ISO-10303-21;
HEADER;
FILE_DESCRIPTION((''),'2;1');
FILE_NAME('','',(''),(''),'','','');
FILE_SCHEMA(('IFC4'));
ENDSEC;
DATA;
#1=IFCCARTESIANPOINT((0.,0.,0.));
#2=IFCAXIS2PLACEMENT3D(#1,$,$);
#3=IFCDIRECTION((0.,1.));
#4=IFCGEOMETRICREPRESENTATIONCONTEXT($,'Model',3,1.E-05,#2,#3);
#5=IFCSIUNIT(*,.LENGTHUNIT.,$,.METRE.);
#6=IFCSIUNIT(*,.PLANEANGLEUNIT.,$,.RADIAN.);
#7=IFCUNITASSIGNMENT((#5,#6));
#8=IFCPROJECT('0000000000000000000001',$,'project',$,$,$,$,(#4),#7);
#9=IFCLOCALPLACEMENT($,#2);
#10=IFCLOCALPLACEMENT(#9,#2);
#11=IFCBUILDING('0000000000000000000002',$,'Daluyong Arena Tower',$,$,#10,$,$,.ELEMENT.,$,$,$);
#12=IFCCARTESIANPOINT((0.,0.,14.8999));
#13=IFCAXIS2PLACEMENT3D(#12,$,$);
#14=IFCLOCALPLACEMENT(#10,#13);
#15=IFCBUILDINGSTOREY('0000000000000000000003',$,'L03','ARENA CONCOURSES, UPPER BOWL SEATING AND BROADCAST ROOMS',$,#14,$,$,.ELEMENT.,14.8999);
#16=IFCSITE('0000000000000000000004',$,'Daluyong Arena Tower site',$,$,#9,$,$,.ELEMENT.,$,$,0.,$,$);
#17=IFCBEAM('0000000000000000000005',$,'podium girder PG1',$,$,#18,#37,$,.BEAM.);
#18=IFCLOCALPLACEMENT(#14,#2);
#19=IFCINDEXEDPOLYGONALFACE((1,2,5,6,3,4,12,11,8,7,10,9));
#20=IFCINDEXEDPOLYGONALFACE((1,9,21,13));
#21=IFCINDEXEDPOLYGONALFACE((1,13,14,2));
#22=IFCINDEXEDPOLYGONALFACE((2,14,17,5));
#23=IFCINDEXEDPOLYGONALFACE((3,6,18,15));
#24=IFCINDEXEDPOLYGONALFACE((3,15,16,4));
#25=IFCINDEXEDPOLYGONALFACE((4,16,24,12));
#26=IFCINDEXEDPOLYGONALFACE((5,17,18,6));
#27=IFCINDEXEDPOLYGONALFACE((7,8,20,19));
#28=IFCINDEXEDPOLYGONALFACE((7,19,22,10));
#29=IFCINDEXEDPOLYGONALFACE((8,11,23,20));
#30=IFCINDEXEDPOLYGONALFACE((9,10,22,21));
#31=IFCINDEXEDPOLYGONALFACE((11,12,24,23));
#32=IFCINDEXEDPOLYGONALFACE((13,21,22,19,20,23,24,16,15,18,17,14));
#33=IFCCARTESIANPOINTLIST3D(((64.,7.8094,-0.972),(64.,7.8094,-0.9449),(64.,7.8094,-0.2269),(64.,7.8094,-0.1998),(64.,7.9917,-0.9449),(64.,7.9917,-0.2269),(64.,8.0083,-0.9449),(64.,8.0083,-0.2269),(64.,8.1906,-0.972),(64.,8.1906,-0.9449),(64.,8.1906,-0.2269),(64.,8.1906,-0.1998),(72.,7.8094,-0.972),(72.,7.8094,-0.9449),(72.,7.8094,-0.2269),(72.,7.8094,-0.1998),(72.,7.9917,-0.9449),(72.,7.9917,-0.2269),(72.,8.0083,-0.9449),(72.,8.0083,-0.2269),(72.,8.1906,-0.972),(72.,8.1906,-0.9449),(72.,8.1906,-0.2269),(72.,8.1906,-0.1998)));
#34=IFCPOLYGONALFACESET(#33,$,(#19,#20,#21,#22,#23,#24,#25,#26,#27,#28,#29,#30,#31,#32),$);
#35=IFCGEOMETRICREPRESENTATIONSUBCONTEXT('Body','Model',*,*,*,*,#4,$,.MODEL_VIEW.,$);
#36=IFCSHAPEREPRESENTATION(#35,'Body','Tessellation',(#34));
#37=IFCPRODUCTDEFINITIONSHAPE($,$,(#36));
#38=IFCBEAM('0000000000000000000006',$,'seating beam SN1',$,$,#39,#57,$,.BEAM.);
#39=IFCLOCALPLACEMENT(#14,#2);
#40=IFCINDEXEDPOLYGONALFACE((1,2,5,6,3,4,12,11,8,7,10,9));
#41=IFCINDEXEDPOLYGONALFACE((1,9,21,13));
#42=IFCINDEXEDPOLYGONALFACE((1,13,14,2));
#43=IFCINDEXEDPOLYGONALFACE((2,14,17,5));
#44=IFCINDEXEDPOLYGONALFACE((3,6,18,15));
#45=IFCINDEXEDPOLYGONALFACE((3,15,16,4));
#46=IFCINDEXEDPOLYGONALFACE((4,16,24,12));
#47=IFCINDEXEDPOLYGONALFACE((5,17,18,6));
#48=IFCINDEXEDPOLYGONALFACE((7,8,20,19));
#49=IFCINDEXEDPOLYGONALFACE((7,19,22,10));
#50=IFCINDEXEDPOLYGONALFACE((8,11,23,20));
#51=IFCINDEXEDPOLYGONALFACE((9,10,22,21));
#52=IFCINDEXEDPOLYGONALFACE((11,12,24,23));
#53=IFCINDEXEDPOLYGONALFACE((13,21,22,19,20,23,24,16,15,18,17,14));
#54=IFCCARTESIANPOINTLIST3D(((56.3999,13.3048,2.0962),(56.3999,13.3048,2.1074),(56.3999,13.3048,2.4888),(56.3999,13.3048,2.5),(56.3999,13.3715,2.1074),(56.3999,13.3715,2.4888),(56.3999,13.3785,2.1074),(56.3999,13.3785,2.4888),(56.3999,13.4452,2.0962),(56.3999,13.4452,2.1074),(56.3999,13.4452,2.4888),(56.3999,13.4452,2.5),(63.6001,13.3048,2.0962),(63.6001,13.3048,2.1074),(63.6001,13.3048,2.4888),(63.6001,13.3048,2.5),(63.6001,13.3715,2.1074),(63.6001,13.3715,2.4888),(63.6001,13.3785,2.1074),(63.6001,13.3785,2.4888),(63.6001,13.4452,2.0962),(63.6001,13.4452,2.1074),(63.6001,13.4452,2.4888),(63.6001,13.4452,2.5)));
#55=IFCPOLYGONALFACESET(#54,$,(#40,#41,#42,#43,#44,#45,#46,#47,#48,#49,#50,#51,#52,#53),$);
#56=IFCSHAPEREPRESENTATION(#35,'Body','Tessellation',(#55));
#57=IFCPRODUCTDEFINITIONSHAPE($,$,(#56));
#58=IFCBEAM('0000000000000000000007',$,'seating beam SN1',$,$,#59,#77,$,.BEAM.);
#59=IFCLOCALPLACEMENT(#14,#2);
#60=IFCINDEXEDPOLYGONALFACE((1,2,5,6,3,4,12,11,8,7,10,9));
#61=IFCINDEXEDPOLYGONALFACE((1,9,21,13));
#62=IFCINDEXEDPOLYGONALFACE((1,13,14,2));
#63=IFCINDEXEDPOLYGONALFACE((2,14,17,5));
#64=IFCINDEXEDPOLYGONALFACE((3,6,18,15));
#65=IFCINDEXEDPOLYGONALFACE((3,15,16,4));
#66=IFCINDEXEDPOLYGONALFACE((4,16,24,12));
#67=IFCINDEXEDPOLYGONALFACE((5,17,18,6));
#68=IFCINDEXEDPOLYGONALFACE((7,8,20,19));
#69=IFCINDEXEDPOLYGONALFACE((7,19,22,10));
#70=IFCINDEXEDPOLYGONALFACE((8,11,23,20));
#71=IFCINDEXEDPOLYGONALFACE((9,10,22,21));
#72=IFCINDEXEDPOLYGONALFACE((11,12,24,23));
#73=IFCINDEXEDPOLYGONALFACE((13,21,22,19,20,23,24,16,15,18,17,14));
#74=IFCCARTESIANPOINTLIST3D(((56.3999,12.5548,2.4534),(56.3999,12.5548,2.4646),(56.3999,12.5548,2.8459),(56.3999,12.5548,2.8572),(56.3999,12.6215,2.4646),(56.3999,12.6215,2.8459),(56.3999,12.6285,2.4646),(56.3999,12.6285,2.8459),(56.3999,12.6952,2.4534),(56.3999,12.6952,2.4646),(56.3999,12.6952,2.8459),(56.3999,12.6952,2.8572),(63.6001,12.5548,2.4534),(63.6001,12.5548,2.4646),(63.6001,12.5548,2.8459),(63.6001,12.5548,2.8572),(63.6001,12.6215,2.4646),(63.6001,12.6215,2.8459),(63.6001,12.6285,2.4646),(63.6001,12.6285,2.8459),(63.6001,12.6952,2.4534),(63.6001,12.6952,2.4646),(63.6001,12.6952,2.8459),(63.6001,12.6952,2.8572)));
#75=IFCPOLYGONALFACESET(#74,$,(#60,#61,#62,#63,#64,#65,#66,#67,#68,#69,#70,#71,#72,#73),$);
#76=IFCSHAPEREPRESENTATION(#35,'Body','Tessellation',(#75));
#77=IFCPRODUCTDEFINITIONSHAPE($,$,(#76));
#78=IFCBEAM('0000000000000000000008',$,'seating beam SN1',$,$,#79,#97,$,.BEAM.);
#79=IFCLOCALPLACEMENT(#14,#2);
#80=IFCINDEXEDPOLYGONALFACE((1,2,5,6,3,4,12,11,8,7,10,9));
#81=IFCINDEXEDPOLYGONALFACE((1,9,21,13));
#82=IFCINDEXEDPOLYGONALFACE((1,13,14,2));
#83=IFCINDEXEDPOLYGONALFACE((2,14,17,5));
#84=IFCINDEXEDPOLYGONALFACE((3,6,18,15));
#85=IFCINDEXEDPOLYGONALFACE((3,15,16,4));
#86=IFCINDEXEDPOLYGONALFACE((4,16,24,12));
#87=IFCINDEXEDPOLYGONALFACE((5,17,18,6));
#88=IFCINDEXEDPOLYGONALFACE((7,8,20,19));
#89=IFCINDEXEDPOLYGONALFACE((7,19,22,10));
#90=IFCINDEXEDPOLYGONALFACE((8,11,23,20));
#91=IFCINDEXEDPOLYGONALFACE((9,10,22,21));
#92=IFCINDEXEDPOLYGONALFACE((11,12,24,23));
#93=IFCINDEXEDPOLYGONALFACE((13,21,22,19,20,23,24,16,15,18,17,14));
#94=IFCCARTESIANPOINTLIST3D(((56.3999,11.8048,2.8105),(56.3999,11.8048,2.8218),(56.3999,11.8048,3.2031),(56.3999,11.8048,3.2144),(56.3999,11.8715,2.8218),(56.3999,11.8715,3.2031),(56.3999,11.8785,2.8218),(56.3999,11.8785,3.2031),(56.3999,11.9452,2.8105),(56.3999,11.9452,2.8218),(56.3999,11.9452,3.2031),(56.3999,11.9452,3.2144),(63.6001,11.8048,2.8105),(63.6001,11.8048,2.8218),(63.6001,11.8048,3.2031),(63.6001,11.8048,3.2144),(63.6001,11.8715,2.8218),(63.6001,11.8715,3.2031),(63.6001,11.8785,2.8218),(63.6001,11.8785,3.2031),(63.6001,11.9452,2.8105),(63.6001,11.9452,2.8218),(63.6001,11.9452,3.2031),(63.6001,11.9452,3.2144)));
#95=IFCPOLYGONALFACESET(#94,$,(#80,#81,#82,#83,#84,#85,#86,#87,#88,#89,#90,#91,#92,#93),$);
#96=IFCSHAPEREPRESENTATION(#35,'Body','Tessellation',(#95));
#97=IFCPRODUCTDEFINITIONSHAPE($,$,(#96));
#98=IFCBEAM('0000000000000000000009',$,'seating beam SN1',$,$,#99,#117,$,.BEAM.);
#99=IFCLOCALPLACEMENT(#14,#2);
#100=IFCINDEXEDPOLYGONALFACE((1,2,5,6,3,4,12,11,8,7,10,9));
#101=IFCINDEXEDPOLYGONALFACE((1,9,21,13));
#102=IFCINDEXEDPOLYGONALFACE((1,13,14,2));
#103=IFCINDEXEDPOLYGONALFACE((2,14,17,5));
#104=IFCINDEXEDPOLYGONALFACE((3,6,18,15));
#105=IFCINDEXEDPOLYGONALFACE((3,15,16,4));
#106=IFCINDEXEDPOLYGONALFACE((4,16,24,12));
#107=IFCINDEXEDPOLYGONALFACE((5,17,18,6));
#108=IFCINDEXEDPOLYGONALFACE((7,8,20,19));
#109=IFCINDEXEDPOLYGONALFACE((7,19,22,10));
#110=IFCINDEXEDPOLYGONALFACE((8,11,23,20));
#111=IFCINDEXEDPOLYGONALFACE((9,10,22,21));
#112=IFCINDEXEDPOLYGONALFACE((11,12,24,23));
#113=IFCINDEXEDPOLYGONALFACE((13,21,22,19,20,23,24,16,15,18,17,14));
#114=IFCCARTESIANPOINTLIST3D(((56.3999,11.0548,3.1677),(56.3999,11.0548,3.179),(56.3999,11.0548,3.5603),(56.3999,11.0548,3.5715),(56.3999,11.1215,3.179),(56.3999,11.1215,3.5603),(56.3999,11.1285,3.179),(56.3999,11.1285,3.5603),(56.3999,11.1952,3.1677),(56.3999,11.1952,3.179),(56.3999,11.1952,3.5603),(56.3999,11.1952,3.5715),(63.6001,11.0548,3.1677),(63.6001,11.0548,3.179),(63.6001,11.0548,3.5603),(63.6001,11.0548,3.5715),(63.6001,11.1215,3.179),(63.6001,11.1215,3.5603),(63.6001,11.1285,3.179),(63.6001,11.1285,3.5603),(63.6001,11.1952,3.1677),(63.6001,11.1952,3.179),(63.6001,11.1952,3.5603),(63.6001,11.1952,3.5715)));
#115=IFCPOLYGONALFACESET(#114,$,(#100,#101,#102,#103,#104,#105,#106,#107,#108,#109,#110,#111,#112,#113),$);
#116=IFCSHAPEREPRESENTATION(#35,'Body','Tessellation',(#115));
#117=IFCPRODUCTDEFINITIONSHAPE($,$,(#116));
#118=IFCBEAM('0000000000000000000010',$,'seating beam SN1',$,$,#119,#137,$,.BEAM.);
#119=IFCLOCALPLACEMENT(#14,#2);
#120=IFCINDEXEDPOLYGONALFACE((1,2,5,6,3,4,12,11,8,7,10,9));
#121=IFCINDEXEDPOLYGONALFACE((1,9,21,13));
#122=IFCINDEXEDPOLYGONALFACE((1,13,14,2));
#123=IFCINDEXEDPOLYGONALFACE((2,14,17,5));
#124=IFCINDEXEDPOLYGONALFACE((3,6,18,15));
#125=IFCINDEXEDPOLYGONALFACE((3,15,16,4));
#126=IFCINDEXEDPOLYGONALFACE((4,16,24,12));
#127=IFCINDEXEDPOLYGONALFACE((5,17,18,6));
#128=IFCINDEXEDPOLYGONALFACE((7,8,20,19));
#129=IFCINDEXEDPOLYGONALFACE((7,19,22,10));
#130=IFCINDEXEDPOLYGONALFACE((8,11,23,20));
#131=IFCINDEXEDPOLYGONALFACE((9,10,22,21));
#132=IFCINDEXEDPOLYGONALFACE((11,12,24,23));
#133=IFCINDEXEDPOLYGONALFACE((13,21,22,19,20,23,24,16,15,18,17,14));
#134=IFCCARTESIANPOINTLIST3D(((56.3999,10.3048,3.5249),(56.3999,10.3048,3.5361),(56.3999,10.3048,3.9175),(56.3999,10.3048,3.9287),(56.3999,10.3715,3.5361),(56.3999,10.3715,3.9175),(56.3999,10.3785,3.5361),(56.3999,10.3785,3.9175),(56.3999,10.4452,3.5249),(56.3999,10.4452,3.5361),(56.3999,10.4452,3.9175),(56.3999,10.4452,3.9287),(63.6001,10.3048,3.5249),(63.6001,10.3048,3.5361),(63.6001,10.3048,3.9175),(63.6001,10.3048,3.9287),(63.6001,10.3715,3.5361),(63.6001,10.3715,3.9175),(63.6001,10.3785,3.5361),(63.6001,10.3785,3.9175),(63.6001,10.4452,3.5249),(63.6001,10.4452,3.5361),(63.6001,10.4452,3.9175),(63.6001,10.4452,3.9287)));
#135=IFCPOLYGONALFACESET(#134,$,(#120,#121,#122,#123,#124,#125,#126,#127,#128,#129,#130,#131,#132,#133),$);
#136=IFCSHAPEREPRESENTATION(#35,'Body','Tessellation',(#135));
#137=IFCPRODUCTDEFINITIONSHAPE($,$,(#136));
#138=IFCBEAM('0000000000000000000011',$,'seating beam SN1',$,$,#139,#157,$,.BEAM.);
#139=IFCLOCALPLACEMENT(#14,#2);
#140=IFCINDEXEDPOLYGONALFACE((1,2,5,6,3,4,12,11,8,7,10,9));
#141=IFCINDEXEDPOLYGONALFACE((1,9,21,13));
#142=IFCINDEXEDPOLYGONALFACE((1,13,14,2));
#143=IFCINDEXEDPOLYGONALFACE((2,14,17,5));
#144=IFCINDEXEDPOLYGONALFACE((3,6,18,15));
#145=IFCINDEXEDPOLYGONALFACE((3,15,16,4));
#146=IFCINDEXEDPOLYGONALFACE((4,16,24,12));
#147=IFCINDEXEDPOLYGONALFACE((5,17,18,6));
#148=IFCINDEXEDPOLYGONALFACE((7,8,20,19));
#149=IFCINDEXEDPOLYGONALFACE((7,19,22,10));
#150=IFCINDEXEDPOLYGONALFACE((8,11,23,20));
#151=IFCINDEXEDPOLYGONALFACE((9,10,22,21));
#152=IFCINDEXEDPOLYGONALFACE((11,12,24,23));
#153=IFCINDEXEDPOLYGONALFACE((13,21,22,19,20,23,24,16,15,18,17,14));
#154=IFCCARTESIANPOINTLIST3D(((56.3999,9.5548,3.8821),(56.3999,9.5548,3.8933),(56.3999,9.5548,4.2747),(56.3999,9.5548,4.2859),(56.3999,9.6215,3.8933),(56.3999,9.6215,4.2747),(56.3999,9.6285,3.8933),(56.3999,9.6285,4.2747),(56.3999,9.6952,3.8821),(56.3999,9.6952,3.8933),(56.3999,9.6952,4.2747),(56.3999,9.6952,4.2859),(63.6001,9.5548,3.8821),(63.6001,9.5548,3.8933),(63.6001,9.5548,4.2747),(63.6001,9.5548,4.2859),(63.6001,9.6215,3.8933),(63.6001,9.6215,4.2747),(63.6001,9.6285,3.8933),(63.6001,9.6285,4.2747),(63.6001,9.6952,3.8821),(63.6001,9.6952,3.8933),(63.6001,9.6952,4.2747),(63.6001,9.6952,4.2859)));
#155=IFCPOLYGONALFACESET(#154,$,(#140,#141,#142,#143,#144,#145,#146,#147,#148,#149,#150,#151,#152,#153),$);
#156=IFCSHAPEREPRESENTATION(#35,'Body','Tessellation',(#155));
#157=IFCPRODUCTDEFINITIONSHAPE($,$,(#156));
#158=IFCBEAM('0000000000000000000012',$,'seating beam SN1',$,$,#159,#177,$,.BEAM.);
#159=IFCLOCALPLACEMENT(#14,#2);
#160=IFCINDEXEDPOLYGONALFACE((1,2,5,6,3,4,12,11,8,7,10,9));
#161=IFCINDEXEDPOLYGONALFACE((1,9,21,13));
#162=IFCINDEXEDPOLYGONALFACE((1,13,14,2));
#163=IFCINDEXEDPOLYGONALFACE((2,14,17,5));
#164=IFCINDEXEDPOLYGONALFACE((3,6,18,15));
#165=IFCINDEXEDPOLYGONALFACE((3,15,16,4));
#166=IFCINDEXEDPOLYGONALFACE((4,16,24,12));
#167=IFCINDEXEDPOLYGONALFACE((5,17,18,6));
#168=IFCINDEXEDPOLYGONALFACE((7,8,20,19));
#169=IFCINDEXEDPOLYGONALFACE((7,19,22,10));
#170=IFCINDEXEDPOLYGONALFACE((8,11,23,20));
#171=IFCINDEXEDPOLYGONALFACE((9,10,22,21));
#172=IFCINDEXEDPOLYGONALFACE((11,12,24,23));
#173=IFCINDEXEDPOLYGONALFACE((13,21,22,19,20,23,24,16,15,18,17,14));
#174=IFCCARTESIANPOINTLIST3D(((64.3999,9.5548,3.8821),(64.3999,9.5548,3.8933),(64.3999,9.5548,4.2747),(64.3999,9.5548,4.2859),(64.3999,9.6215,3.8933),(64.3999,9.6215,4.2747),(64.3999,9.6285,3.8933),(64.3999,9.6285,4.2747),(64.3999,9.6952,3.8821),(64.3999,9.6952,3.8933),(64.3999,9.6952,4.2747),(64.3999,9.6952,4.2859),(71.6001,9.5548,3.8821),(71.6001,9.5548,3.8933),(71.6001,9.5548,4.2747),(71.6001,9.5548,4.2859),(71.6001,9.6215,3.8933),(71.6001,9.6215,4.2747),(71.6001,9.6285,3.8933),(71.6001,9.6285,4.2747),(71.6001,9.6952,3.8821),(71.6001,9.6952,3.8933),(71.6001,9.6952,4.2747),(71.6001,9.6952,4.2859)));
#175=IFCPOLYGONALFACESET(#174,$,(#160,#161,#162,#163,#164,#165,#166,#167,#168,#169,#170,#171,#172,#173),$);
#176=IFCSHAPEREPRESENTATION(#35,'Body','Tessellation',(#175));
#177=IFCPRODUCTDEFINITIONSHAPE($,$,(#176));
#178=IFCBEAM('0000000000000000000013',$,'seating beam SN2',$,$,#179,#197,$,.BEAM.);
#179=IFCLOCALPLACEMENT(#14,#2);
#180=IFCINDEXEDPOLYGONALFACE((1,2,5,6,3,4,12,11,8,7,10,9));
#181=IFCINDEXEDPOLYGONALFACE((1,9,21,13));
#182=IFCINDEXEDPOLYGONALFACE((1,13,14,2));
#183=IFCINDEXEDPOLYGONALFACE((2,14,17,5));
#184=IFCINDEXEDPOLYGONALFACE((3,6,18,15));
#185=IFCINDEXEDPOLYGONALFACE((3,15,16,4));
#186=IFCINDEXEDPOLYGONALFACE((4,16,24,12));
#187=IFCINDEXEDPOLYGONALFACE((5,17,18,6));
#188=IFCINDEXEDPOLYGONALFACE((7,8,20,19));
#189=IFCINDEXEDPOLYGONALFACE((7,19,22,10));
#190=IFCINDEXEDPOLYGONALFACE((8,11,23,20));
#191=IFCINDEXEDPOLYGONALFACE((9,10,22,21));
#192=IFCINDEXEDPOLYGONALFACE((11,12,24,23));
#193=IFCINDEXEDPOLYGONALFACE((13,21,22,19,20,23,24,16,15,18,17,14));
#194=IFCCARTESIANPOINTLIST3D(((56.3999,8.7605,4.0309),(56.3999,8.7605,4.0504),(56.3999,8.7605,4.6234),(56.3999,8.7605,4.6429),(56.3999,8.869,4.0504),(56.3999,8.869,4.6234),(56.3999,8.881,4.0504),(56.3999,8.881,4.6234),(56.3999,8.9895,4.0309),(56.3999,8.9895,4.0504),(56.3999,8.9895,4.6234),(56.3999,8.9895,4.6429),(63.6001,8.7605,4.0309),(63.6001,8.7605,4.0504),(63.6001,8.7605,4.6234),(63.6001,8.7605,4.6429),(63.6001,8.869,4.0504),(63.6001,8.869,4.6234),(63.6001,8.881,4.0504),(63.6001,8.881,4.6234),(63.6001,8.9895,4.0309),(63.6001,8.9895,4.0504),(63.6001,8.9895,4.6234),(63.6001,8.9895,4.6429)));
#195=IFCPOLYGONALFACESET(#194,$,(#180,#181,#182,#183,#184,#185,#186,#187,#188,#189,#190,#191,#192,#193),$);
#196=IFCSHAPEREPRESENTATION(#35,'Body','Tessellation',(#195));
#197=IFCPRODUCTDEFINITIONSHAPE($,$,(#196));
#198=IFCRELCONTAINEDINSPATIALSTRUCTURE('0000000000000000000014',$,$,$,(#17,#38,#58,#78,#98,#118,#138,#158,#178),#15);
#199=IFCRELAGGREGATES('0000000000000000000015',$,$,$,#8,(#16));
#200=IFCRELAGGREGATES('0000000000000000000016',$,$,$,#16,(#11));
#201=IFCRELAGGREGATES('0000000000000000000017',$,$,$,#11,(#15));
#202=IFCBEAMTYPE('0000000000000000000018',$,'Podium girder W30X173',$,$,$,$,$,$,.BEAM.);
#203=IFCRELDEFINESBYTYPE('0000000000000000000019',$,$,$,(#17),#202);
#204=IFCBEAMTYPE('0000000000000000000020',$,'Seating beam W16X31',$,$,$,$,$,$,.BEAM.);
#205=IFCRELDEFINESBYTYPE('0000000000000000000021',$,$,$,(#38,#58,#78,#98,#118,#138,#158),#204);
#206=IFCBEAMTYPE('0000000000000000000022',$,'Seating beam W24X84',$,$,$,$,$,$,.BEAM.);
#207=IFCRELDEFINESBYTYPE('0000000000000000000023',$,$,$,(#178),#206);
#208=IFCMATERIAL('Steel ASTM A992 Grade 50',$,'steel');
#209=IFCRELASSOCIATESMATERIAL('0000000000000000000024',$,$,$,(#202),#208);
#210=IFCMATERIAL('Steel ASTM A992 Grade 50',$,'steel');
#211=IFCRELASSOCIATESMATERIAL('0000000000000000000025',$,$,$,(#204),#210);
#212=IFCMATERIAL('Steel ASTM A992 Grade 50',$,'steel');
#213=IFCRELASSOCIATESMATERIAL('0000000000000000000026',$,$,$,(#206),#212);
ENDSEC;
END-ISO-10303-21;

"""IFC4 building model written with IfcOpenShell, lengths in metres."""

from ifc_helpers import new_model, si_unit, direction, frame, origin, origin_2d, place, context, subcontext, project, spatial, i_section, extrude, material, material_profile, profile_set, type_object, element, save


model = new_model("IFC4")

# Units and contexts
model_context = context("Model", 3, precision=1e-05, world=origin(), true_north=direction((0.0, 1.0)))
body_context = subcontext(model_context, "Body", "Model", "MODEL_VIEW")
ifc_project = project(units=[si_unit("LENGTHUNIT", "METRE"), si_unit("PLANEANGLEUNIT", "RADIAN")], contexts=[model_context])

# Site, building, storey
site_placement = place(None, origin())
site = spatial("IfcSite", under=ifc_project, at=site_placement, Name="Daluyong Arena Tower site", CompositionType="ELEMENT", RefElevation=0.0)
building_placement = place(site_placement, origin())
building = spatial("IfcBuilding", under=site, at=building_placement, Name="Daluyong Arena Tower", CompositionType="ELEMENT")
storey_placement = place(building_placement, frame((0.0, 0.0, 14.8999)))
storey = spatial("IfcBuildingStorey", under=building, at=storey_placement, Name="L03", Description="ARENA CONCOURSES, UPPER BOWL SEATING AND BROADCAST ROOMS", CompositionType="ELEMENT", Elevation=14.8999)

# Beams
ifc_material_1 = material(Name="Steel ASTM A992 Grade 50", Category="steel")
ifc_material_profile_1 = material_profile(ifc_material_1, i_section(OverallWidth=0.3811, OverallDepth=0.7722, WebThickness=0.0166, FlangeThickness=0.0271, at=origin_2d()))
ifc_profile_set_1 = profile_set([ifc_material_profile_1], Name="Steel ASTM A992 Grade 50")
beam_type_1 = type_object("IfcBeamType", Name="Podium girder W30X173", PredefinedType="BEAM", material=ifc_profile_set_1)
for number, where, z_axis, x_axis, name in (
    (1, (64.0, 8.0, -0.5859), (1.0, 0.0, 0.0), (0.0, 1.0, 0.0), "podium girder PG1"),
):
    element("IfcBeam", number, at=place(storey_placement, frame(where, z_axis=z_axis, x_axis=x_axis)), inside=storey, type_object=beam_type_1, Name=name, PredefinedType="BEAM", context=body_context, shape_type="SweptSolid", body=[
        extrude(i_section(OverallWidth=0.3811, OverallDepth=0.7722, WebThickness=0.0166, FlangeThickness=0.0271, at=origin_2d()), origin(), (0.0, 0.0, 1.0), 8.0),
    ])
ifc_material_2 = material(Name="Steel ASTM A992 Grade 50", Category="steel")
ifc_material_profile_2 = material_profile(ifc_material_2, i_section(OverallWidth=0.1404, OverallDepth=0.4038, WebThickness=0.0071, FlangeThickness=0.0112, at=origin_2d()))
ifc_profile_set_2 = profile_set([ifc_material_profile_2], Name="Steel ASTM A992 Grade 50")
beam_type_2 = type_object("IfcBeamType", Name="Seating beam W16X31", PredefinedType="BEAM", material=ifc_profile_set_2)
for number, where, z_axis, x_axis, name in (
    (2, (56.3999, 13.375, 2.2981), (1.0, 0.0, 0.0), (0.0, 1.0, 0.0), "seating beam SN1"),
    (3, (56.3999, 12.625, 2.6553), (1.0, 0.0, 0.0), (0.0, 1.0, 0.0), "seating beam SN1"),
    (4, (56.3999, 11.875, 3.0125), (1.0, 0.0, 0.0), (0.0, 1.0, 0.0), "seating beam SN1"),
    (5, (56.3999, 11.125, 3.3696), (1.0, 0.0, 0.0), (0.0, 1.0, 0.0), "seating beam SN1"),
    (6, (56.3999, 10.375, 3.7268), (1.0, 0.0, 0.0), (0.0, 1.0, 0.0), "seating beam SN1"),
    (7, (56.3999, 9.625, 4.084), (1.0, 0.0, 0.0), (0.0, 1.0, 0.0), "seating beam SN1"),
    (8, (64.3999, 9.625, 4.084), (1.0, 0.0, 0.0), (0.0, 1.0, 0.0), "seating beam SN1"),
):
    element("IfcBeam", number, at=place(storey_placement, frame(where, z_axis=z_axis, x_axis=x_axis)), inside=storey, type_object=beam_type_2, Name=name, PredefinedType="BEAM", context=body_context, shape_type="SweptSolid", body=[
        extrude(i_section(OverallWidth=0.1404, OverallDepth=0.4038, WebThickness=0.0071, FlangeThickness=0.0112, at=origin_2d()), origin(), (0.0, 0.0, 1.0), 7.2002),
    ])
ifc_material_3 = material(Name="Steel ASTM A992 Grade 50", Category="steel")
ifc_material_profile_3 = material_profile(ifc_material_3, i_section(OverallWidth=0.229, OverallDepth=0.6121, WebThickness=0.012, FlangeThickness=0.0195, at=origin_2d()))
ifc_profile_set_3 = profile_set([ifc_material_profile_3], Name="Steel ASTM A992 Grade 50")
beam_type_3 = type_object("IfcBeamType", Name="Seating beam W24X84", PredefinedType="BEAM", material=ifc_profile_set_3)
for number, where, z_axis, x_axis, name in (
    (9, (56.3999, 8.875, 4.3369), (1.0, 0.0, 0.0), (0.0, 1.0, 0.0), "seating beam SN2"),
):
    element("IfcBeam", number, at=place(storey_placement, frame(where, z_axis=z_axis, x_axis=x_axis)), inside=storey, type_object=beam_type_3, Name=name, PredefinedType="BEAM", context=body_context, shape_type="SweptSolid", body=[
        extrude(i_section(OverallWidth=0.229, OverallDepth=0.6121, WebThickness=0.012, FlangeThickness=0.0195, at=origin_2d()), origin(), (0.0, 0.0, 1.0), 7.2002),
    ])

save(model, "model.ifc")
